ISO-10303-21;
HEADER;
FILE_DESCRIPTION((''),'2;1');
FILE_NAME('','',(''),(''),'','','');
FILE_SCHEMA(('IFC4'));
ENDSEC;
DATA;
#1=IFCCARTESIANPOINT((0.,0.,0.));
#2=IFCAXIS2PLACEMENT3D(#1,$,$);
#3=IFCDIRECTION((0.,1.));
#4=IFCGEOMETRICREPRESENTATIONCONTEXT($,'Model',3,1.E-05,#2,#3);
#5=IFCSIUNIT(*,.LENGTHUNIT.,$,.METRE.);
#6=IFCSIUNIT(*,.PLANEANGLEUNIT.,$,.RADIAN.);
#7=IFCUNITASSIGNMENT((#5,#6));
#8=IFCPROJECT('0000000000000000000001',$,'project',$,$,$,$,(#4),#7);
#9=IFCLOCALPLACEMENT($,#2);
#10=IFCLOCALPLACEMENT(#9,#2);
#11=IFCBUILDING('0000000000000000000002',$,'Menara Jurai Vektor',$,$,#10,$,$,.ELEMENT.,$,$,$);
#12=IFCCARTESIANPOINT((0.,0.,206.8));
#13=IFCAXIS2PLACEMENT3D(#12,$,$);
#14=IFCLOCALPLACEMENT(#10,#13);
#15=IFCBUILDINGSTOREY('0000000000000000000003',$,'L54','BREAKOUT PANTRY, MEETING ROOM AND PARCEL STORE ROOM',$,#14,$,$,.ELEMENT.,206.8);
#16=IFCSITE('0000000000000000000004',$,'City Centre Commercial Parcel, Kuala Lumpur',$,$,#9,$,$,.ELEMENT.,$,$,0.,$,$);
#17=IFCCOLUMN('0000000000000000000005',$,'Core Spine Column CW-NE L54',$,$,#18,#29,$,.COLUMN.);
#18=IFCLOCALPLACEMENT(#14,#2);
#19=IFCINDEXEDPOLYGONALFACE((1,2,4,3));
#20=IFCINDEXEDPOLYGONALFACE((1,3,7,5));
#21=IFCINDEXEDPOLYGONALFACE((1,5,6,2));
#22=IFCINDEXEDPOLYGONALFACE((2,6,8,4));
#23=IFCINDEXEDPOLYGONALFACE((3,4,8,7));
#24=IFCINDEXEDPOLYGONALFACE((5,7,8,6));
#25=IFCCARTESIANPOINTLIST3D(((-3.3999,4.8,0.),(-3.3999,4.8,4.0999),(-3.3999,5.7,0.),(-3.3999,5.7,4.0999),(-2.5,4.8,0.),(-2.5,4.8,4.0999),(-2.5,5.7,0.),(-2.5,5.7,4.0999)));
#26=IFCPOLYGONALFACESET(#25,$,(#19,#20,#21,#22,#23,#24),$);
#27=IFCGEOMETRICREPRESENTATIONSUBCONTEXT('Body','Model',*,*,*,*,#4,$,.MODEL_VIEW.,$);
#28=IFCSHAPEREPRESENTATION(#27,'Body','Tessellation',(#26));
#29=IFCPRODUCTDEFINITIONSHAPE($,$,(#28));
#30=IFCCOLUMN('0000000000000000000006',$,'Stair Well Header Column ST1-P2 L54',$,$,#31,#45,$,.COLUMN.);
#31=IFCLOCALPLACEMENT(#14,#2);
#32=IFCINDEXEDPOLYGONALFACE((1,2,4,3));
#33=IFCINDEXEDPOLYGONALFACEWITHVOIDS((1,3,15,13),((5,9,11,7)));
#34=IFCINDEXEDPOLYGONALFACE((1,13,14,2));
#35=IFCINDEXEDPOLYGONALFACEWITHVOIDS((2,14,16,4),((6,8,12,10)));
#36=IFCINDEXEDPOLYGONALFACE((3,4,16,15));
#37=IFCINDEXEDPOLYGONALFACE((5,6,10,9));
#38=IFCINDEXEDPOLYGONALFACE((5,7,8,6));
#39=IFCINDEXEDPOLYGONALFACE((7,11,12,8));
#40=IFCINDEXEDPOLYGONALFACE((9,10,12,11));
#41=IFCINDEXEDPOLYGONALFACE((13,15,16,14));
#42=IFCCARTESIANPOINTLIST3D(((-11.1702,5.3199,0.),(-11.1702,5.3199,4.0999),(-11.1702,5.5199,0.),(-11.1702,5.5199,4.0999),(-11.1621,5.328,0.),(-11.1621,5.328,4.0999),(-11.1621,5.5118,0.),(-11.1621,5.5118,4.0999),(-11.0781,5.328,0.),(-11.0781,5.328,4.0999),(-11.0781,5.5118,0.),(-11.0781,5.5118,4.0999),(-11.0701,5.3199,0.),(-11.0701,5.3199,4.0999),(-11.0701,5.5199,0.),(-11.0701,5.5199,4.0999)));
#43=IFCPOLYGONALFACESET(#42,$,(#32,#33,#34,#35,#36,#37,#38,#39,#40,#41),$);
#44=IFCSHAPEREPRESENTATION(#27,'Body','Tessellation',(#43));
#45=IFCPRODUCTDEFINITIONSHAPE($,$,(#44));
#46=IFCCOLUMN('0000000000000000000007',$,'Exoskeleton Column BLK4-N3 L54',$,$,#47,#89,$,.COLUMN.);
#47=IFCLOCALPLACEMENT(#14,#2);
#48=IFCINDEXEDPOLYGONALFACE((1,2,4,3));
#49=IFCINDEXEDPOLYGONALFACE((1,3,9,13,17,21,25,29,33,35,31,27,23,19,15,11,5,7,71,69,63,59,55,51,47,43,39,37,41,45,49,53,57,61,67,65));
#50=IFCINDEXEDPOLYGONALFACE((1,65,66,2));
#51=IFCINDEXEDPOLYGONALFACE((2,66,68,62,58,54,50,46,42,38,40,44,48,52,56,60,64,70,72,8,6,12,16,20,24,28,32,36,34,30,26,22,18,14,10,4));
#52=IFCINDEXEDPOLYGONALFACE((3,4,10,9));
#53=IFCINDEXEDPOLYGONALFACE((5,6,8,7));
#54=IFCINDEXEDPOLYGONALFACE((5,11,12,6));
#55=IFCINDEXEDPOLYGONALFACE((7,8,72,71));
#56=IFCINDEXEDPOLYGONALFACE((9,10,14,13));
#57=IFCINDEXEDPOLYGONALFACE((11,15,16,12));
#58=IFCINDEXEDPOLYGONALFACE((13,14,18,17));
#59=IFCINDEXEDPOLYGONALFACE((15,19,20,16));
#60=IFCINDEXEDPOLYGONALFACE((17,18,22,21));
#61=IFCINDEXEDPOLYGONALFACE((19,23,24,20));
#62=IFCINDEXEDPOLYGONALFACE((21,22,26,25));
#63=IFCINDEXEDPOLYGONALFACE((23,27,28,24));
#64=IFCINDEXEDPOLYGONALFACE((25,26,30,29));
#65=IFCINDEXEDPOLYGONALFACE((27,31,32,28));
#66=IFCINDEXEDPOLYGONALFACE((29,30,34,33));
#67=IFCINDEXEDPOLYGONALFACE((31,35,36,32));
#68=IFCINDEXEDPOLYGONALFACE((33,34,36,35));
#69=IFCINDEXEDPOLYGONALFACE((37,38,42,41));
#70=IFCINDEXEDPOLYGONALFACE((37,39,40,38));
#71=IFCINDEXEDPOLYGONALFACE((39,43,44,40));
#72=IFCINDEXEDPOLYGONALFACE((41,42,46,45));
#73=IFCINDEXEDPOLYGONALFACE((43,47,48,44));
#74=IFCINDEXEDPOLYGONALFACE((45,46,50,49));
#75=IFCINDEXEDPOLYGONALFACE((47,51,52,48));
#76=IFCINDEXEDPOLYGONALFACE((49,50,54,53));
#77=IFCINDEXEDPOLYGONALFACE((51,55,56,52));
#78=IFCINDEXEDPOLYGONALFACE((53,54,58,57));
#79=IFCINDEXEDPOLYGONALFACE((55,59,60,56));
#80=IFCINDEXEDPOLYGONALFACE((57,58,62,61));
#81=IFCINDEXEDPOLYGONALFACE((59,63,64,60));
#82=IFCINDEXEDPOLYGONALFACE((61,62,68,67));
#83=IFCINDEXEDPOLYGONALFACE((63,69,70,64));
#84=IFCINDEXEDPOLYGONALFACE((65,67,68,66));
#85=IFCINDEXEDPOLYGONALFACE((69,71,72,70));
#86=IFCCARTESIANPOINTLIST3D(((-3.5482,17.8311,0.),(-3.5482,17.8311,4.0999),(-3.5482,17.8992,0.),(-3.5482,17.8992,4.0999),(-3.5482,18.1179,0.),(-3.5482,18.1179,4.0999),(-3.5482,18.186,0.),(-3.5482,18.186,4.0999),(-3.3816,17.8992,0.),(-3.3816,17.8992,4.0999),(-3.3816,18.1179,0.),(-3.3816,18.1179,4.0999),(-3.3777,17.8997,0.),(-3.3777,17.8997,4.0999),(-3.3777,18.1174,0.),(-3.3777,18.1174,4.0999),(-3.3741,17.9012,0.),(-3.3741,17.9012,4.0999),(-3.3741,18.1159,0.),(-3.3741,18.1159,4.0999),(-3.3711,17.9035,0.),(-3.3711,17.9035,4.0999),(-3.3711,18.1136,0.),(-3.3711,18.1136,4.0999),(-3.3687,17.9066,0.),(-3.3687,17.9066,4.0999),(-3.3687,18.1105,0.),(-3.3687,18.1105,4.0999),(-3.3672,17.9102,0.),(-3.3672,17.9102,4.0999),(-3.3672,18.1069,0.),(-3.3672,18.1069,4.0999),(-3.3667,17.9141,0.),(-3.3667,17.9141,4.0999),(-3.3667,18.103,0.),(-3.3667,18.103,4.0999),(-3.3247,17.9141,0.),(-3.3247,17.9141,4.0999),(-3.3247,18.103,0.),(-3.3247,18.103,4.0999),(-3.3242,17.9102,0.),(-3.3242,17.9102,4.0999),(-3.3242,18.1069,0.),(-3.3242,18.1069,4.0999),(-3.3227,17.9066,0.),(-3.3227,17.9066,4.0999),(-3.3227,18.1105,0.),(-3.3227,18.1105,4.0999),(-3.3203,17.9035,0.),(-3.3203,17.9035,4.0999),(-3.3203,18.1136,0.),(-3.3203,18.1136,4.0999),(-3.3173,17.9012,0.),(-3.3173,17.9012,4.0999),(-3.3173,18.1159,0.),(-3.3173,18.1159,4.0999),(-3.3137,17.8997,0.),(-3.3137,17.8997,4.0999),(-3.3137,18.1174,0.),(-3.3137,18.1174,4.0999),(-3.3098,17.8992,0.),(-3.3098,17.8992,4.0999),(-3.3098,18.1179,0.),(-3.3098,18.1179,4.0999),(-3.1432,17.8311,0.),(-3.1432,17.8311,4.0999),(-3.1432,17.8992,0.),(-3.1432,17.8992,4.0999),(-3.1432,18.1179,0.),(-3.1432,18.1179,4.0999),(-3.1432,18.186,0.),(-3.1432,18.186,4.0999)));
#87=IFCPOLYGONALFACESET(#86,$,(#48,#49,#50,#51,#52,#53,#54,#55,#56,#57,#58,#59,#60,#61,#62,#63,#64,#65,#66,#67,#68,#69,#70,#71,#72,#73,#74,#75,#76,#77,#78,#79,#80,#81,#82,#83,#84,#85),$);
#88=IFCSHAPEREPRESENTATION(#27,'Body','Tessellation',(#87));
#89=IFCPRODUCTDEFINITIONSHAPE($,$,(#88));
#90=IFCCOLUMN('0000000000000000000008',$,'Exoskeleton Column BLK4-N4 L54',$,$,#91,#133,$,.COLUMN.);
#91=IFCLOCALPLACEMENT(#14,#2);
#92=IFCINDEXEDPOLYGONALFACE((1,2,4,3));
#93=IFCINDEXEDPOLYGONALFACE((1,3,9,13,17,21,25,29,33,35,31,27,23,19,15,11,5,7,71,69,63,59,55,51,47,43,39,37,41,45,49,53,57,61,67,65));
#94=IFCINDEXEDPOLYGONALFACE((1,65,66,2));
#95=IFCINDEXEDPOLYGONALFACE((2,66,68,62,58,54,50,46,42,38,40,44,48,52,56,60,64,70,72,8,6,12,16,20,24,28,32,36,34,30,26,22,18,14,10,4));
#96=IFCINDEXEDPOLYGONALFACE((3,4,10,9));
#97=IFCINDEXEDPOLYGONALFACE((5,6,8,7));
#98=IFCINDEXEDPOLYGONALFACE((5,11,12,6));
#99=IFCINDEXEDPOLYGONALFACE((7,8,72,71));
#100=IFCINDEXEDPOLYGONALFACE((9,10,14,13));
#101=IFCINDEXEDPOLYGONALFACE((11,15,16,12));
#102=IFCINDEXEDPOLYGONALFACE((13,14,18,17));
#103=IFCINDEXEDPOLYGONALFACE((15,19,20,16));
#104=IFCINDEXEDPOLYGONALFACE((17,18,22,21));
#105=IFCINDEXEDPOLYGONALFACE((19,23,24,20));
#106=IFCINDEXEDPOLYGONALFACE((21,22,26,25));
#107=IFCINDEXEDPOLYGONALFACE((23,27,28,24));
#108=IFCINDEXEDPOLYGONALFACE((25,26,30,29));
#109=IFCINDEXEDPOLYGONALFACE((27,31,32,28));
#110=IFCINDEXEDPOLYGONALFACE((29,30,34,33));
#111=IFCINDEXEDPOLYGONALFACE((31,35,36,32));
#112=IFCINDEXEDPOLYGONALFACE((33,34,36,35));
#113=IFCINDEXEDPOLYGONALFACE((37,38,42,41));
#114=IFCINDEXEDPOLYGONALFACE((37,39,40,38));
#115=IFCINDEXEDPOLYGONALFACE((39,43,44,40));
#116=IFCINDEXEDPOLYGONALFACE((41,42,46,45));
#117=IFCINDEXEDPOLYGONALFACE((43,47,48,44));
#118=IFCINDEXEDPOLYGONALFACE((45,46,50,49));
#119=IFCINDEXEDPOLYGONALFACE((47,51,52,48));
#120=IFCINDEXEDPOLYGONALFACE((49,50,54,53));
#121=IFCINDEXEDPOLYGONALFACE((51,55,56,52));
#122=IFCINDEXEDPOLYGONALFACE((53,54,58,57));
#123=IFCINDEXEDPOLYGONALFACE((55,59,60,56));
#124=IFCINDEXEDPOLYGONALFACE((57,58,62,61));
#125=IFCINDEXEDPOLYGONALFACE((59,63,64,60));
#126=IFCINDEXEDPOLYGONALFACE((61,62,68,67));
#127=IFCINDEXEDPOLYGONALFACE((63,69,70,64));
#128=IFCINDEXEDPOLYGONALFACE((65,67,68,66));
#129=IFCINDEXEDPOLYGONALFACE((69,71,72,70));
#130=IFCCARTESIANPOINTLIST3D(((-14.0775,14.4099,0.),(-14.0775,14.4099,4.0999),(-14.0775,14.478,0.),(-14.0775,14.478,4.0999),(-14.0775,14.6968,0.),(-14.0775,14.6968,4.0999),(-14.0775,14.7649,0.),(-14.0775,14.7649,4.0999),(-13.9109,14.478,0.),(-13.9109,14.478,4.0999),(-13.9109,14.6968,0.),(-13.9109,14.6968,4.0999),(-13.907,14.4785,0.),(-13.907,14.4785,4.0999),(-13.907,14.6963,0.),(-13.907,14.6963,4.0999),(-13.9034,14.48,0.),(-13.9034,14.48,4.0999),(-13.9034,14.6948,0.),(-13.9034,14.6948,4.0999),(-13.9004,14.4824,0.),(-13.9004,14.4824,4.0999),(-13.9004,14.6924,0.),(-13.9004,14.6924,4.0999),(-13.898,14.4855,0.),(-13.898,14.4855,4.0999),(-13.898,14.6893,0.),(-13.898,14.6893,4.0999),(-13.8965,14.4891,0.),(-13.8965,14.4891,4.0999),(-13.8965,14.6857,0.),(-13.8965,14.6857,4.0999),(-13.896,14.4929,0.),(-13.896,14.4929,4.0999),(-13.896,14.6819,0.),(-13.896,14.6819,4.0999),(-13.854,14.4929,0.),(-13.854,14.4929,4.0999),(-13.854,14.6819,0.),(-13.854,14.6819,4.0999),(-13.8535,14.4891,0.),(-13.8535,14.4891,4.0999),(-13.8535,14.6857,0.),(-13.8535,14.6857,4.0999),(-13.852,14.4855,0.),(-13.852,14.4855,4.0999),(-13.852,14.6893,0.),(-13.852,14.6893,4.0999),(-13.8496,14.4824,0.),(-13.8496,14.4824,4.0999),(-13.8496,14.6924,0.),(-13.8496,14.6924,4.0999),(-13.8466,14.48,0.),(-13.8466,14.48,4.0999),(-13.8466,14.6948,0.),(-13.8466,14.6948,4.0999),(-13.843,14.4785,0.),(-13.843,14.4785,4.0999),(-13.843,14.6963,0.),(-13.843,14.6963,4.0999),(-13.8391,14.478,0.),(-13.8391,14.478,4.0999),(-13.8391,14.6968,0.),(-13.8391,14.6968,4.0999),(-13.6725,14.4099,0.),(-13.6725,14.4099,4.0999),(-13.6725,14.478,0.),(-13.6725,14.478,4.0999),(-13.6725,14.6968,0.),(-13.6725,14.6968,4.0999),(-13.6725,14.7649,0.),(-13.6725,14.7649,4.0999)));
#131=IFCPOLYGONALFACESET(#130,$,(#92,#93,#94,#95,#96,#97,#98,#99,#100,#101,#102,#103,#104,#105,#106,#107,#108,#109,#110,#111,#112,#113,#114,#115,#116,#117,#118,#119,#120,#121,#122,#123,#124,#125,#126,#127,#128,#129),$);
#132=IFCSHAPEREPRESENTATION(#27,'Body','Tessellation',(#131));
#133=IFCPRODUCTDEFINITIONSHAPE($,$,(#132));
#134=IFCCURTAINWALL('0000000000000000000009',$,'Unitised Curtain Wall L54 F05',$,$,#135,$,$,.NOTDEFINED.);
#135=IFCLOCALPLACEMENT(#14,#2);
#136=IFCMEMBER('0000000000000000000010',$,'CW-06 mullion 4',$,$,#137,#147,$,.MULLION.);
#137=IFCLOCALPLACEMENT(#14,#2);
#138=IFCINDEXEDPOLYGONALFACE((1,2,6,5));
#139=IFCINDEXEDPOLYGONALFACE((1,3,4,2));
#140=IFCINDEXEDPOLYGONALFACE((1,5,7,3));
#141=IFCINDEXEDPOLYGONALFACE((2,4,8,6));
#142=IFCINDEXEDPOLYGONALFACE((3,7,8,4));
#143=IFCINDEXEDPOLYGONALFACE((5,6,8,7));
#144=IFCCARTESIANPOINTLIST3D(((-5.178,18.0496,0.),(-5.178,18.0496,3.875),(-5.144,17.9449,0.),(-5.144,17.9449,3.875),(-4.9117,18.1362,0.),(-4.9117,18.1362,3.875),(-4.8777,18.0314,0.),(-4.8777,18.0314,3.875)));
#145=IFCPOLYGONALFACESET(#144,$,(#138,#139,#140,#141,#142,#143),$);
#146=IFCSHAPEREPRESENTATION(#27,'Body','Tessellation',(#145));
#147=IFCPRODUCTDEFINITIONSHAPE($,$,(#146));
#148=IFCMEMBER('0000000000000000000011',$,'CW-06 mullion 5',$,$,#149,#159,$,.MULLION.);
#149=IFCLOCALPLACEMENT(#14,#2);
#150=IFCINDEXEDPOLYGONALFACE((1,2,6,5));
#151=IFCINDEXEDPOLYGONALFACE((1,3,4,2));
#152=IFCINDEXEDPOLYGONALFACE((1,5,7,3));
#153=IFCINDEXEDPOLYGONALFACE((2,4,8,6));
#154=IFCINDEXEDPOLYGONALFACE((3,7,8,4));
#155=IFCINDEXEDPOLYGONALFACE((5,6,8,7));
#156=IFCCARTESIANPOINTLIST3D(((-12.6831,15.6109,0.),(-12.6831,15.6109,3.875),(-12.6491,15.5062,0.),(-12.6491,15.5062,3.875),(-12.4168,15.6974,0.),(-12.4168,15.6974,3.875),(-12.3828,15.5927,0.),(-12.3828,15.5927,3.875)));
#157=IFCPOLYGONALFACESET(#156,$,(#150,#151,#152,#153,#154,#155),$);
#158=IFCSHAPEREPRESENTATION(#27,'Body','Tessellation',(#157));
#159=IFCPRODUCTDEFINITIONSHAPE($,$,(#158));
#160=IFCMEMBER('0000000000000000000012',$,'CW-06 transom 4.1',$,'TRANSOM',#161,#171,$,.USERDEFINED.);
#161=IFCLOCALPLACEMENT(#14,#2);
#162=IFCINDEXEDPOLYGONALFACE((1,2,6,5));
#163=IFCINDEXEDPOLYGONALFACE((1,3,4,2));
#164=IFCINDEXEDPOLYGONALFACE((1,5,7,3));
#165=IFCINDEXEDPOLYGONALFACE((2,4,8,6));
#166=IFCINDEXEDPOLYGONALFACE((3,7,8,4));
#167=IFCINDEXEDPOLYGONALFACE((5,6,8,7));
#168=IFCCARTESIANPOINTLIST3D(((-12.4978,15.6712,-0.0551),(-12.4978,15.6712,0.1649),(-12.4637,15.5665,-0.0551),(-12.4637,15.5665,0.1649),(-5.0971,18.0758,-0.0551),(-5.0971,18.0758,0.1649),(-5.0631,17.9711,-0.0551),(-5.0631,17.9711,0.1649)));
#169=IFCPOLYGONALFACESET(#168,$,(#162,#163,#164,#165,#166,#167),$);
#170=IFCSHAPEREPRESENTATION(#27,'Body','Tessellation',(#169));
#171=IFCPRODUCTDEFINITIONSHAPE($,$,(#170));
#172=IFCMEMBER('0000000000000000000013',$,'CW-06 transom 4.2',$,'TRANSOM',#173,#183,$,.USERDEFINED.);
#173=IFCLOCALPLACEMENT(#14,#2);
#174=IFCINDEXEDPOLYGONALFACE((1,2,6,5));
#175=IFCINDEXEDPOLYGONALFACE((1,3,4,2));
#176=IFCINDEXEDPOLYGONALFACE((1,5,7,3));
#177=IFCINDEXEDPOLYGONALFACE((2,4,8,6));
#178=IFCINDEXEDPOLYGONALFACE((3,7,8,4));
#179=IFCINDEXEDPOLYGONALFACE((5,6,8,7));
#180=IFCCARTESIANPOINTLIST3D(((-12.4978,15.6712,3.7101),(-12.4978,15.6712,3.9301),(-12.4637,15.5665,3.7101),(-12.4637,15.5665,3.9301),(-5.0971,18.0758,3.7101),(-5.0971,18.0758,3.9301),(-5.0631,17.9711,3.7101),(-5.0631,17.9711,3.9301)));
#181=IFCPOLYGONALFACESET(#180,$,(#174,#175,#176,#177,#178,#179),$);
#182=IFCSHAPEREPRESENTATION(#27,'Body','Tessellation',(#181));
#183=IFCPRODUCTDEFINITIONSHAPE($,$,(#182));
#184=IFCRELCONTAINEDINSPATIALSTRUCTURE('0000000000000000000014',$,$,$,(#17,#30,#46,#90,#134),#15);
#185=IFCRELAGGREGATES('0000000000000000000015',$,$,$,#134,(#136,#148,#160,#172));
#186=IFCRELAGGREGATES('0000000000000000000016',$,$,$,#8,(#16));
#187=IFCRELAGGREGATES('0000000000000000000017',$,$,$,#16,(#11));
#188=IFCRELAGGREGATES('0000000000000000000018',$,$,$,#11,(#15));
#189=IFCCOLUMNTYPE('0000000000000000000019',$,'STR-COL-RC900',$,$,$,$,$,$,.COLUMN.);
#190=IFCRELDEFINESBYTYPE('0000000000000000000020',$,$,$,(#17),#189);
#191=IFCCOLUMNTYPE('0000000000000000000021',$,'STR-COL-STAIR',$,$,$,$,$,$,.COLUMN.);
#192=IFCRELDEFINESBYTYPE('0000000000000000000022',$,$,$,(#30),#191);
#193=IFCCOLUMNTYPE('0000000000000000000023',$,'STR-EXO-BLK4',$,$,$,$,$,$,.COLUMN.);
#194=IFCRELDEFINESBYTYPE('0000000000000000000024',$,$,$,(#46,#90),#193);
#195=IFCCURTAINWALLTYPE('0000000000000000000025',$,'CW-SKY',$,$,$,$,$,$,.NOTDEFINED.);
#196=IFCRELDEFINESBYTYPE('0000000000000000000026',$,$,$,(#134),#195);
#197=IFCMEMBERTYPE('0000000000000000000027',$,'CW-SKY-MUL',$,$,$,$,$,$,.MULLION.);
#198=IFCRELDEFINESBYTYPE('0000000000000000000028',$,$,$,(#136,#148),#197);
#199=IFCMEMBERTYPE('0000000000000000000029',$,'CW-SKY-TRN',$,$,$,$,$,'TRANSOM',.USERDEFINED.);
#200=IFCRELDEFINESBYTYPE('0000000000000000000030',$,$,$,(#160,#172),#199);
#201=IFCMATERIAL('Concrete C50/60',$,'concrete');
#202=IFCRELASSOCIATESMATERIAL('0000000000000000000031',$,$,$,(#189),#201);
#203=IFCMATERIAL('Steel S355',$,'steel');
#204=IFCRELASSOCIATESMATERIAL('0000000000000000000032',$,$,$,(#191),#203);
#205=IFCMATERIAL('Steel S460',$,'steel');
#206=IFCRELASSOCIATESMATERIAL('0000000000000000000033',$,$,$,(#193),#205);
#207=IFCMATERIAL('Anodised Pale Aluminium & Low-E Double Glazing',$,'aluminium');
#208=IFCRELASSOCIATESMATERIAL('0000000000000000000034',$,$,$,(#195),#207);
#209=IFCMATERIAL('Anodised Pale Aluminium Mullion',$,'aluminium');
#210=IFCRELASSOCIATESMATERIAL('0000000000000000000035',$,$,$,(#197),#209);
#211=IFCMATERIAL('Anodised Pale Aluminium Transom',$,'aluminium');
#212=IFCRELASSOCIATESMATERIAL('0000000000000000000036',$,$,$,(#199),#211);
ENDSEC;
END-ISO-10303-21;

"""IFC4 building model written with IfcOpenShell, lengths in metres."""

from ifc_helpers import new_model, si_unit, direction, frame, origin, origin_2d, place, context, subcontext, project, spatial, rectangle, hollow_rectangle, i_section, extrude, material, material_profile, profile_set, type_object, element, aggregate, save


model = new_model("IFC4")

# Units and contexts
model_context = context("Model", 3, precision=1e-05, world=origin(), true_north=direction((0.0, 1.0)))
body_context = subcontext(model_context, "Body", "Model", "MODEL_VIEW")
ifc_project = project(units=[si_unit("LENGTHUNIT", "METRE"), si_unit("PLANEANGLEUNIT", "RADIAN")], contexts=[model_context])

# Site, building, storey
site_placement = place(None, origin())
site = spatial("IfcSite", under=ifc_project, at=site_placement, Name="City Centre Commercial Parcel, Kuala Lumpur", CompositionType="ELEMENT", RefElevation=0.0)
building_placement = place(site_placement, origin())
building = spatial("IfcBuilding", under=site, at=building_placement, Name="Menara Jurai Vektor", CompositionType="ELEMENT")
storey_placement = place(building_placement, frame((0.0, 0.0, 206.8)))
storey = spatial("IfcBuildingStorey", under=building, at=storey_placement, Name="L54", Description="BREAKOUT PANTRY, MEETING ROOM AND PARCEL STORE ROOM", CompositionType="ELEMENT", Elevation=206.8)

# Columns
ifc_material_1 = material(Name="Concrete C50/60", Category="concrete")
ifc_material_profile_1 = material_profile(ifc_material_1, rectangle(XDim=0.8999, YDim=0.8999, at=origin_2d()), Name="RC 900x900")
ifc_profile_set_1 = profile_set([ifc_material_profile_1], Name="Concrete C50/60")
column_type_1 = type_object("IfcColumnType", Name="STR-COL-RC900", PredefinedType="COLUMN", material=ifc_profile_set_1)
column_1_placement = place(storey_placement, frame((-2.95, 5.25, 0.0), z_axis=(0.0, 0.0, 1.0), x_axis=(1.0, 0.0, 0.0)))
element("IfcColumn", 1, at=column_1_placement, inside=storey, type_object=column_type_1, Name="Core Spine Column CW-NE L54", PredefinedType="COLUMN", context=body_context, shape_type="SweptSolid", body=[
    extrude(rectangle(XDim=0.8999, YDim=0.8999, at=origin_2d()), origin(), (0.0, 0.0, 1.0), 4.0999),
])
ifc_material_2 = material(Name="Steel S355", Category="steel")
ifc_material_profile_2 = material_profile(ifc_material_2, hollow_rectangle(XDim=0.1001, YDim=0.2, WallThickness=0.0081, at=origin_2d()), Name="RHS 200x100x8")
ifc_profile_set_2 = profile_set([ifc_material_profile_2], Name="Steel S355")
column_type_2 = type_object("IfcColumnType", Name="STR-COL-STAIR", PredefinedType="COLUMN", material=ifc_profile_set_2)
column_2_placement = place(storey_placement, frame((-11.1201, 5.4199, 0.0), z_axis=(0.0, 0.0, 1.0), x_axis=(1.0, 0.0, 0.0)))
element("IfcColumn", 2, at=column_2_placement, inside=storey, type_object=column_type_2, Name="Stair Well Header Column ST1-P2 L54", PredefinedType="COLUMN", context=body_context, shape_type="SweptSolid", body=[
    extrude(hollow_rectangle(XDim=0.1001, YDim=0.2, WallThickness=0.0081, at=origin_2d()), origin(), (0.0, 0.0, 1.0), 4.0999),
])
ifc_material_3 = material(Name="Steel S460", Category="steel")
ifc_material_profile_3 = material_profile(ifc_material_3, i_section(OverallWidth=0.405, OverallDepth=0.355, WebThickness=0.042, FlangeThickness=0.0681, FilletRadius=0.0149, at=origin_2d()), Name="HD 400x551")
ifc_profile_set_3 = profile_set([ifc_material_profile_3], Name="Steel S460")
column_type_3 = type_object("IfcColumnType", Name="STR-EXO-BLK4", PredefinedType="COLUMN", material=ifc_profile_set_3)
for number, where, z_axis, x_axis, name in (
    (3, (-3.3457, 18.0085, 0.0), (0.0, 0.0, 1.0), (1.0, 0.0, 0.0), "Exoskeleton Column BLK4-N3 L54"),
    (4, (-13.875, 14.5874, 0.0), (0.0, 0.0, 1.0), (1.0, 0.0, 0.0), "Exoskeleton Column BLK4-N4 L54"),
):
    element("IfcColumn", number, at=place(storey_placement, frame(where, z_axis=z_axis, x_axis=x_axis)), inside=storey, type_object=column_type_3, Name=name, PredefinedType="COLUMN", context=body_context, shape_type="SweptSolid", body=[
        extrude(i_section(OverallWidth=0.405, OverallDepth=0.355, WebThickness=0.042, FlangeThickness=0.0681, FilletRadius=0.0149, at=origin_2d()), origin(), (0.0, 0.0, 1.0), 4.0999),
    ])

# Curtain wall, members
ifc_material_4 = material(Name="Anodised Pale Aluminium & Low-E Double Glazing", Category="aluminium")
curtain_wall_type = type_object("IfcCurtainWallType", Name="CW-SKY", PredefinedType="NOTDEFINED", material=ifc_material_4)
curtain_wall_placement = place(storey_placement, origin())
curtain_wall = element("IfcCurtainWall", 5, at=curtain_wall_placement, inside=storey, type_object=curtain_wall_type, Name="Unitised Curtain Wall L54 F05", PredefinedType="NOTDEFINED")
ifc_material_5 = material(Name="Anodised Pale Aluminium Mullion", Category="aluminium")
ifc_material_profile_4 = material_profile(ifc_material_5, rectangle(XDim=0.1101, YDim=0.28, at=origin_2d()), Name="ALU MUL 110x280")
ifc_profile_set_4 = profile_set([ifc_material_profile_4], Name="Anodised Pale Aluminium Mullion")
member_type_1 = type_object("IfcMemberType", Name="CW-SKY-MUL", PredefinedType="MULLION", material=ifc_profile_set_4)
member_1_placement = place(storey_placement, frame((-5.0278, 18.0405, 0.0), z_axis=(0.0, 0.0, 1.0), x_axis=(0.309017, -0.951056, 0.0)))
member_1 = element("IfcMember", 6, at=member_1_placement, type_object=member_type_1, Name="CW-06 mullion 4", PredefinedType="MULLION", context=body_context, shape_type="SweptSolid", body=[
    extrude(rectangle(XDim=0.1101, YDim=0.28, at=origin_2d()), origin(), (0.0, 0.0, 1.0), 3.875),
])
member_2_placement = place(storey_placement, frame((-12.533, 15.6018, 0.0), z_axis=(0.0, 0.0, 1.0), x_axis=(0.309017, -0.951056, 0.0)))
member_2 = element("IfcMember", 7, at=member_2_placement, type_object=member_type_1, Name="CW-06 mullion 5", PredefinedType="MULLION", context=body_context, shape_type="SweptSolid", body=[
    extrude(rectangle(XDim=0.1101, YDim=0.28, at=origin_2d()), origin(), (0.0, 0.0, 1.0), 3.875),
])
ifc_material_6 = material(Name="Anodised Pale Aluminium Transom", Category="aluminium")
ifc_material_profile_5 = material_profile(ifc_material_6, rectangle(XDim=0.1101, YDim=0.22, at=origin_2d()), Name="ALU TRN 110x220")
ifc_profile_set_5 = profile_set([ifc_material_profile_5], Name="Anodised Pale Aluminium Transom")
member_type_2 = type_object("IfcMemberType", Name="CW-SKY-TRN", ElementType="TRANSOM", PredefinedType="USERDEFINED", material=ifc_profile_set_5)
member_3_placement = place(storey_placement, frame((-5.0801, 18.0234, 0.0549), z_axis=(-0.951059, -0.309009, 0.0), x_axis=(0.309009, -0.951059, 0.0)))
member_3 = element("IfcMember", 8, at=member_3_placement, type_object=member_type_2, Name="CW-06 transom 4.1", ObjectType="TRANSOM", PredefinedType="USERDEFINED", context=body_context, shape_type="SweptSolid", body=[
    extrude(rectangle(XDim=0.1101, YDim=0.22, at=origin_2d()), origin(), (0.0, 0.0, 1.0), 7.7815),
])
member_4_placement = place(storey_placement, frame((-5.0801, 18.0234, 3.8201), z_axis=(-0.951059, -0.309009, 0.0), x_axis=(0.309009, -0.951059, 0.0)))
member_4 = element("IfcMember", 9, at=member_4_placement, type_object=member_type_2, Name="CW-06 transom 4.2", ObjectType="TRANSOM", PredefinedType="USERDEFINED", context=body_context, shape_type="SweptSolid", body=[
    extrude(rectangle(XDim=0.1101, YDim=0.22, at=origin_2d()), origin(), (0.0, 0.0, 1.0), 7.7815),
])

aggregate(curtain_wall, [member_1, member_2, member_3, member_4])

save(model, "model.ifc")
